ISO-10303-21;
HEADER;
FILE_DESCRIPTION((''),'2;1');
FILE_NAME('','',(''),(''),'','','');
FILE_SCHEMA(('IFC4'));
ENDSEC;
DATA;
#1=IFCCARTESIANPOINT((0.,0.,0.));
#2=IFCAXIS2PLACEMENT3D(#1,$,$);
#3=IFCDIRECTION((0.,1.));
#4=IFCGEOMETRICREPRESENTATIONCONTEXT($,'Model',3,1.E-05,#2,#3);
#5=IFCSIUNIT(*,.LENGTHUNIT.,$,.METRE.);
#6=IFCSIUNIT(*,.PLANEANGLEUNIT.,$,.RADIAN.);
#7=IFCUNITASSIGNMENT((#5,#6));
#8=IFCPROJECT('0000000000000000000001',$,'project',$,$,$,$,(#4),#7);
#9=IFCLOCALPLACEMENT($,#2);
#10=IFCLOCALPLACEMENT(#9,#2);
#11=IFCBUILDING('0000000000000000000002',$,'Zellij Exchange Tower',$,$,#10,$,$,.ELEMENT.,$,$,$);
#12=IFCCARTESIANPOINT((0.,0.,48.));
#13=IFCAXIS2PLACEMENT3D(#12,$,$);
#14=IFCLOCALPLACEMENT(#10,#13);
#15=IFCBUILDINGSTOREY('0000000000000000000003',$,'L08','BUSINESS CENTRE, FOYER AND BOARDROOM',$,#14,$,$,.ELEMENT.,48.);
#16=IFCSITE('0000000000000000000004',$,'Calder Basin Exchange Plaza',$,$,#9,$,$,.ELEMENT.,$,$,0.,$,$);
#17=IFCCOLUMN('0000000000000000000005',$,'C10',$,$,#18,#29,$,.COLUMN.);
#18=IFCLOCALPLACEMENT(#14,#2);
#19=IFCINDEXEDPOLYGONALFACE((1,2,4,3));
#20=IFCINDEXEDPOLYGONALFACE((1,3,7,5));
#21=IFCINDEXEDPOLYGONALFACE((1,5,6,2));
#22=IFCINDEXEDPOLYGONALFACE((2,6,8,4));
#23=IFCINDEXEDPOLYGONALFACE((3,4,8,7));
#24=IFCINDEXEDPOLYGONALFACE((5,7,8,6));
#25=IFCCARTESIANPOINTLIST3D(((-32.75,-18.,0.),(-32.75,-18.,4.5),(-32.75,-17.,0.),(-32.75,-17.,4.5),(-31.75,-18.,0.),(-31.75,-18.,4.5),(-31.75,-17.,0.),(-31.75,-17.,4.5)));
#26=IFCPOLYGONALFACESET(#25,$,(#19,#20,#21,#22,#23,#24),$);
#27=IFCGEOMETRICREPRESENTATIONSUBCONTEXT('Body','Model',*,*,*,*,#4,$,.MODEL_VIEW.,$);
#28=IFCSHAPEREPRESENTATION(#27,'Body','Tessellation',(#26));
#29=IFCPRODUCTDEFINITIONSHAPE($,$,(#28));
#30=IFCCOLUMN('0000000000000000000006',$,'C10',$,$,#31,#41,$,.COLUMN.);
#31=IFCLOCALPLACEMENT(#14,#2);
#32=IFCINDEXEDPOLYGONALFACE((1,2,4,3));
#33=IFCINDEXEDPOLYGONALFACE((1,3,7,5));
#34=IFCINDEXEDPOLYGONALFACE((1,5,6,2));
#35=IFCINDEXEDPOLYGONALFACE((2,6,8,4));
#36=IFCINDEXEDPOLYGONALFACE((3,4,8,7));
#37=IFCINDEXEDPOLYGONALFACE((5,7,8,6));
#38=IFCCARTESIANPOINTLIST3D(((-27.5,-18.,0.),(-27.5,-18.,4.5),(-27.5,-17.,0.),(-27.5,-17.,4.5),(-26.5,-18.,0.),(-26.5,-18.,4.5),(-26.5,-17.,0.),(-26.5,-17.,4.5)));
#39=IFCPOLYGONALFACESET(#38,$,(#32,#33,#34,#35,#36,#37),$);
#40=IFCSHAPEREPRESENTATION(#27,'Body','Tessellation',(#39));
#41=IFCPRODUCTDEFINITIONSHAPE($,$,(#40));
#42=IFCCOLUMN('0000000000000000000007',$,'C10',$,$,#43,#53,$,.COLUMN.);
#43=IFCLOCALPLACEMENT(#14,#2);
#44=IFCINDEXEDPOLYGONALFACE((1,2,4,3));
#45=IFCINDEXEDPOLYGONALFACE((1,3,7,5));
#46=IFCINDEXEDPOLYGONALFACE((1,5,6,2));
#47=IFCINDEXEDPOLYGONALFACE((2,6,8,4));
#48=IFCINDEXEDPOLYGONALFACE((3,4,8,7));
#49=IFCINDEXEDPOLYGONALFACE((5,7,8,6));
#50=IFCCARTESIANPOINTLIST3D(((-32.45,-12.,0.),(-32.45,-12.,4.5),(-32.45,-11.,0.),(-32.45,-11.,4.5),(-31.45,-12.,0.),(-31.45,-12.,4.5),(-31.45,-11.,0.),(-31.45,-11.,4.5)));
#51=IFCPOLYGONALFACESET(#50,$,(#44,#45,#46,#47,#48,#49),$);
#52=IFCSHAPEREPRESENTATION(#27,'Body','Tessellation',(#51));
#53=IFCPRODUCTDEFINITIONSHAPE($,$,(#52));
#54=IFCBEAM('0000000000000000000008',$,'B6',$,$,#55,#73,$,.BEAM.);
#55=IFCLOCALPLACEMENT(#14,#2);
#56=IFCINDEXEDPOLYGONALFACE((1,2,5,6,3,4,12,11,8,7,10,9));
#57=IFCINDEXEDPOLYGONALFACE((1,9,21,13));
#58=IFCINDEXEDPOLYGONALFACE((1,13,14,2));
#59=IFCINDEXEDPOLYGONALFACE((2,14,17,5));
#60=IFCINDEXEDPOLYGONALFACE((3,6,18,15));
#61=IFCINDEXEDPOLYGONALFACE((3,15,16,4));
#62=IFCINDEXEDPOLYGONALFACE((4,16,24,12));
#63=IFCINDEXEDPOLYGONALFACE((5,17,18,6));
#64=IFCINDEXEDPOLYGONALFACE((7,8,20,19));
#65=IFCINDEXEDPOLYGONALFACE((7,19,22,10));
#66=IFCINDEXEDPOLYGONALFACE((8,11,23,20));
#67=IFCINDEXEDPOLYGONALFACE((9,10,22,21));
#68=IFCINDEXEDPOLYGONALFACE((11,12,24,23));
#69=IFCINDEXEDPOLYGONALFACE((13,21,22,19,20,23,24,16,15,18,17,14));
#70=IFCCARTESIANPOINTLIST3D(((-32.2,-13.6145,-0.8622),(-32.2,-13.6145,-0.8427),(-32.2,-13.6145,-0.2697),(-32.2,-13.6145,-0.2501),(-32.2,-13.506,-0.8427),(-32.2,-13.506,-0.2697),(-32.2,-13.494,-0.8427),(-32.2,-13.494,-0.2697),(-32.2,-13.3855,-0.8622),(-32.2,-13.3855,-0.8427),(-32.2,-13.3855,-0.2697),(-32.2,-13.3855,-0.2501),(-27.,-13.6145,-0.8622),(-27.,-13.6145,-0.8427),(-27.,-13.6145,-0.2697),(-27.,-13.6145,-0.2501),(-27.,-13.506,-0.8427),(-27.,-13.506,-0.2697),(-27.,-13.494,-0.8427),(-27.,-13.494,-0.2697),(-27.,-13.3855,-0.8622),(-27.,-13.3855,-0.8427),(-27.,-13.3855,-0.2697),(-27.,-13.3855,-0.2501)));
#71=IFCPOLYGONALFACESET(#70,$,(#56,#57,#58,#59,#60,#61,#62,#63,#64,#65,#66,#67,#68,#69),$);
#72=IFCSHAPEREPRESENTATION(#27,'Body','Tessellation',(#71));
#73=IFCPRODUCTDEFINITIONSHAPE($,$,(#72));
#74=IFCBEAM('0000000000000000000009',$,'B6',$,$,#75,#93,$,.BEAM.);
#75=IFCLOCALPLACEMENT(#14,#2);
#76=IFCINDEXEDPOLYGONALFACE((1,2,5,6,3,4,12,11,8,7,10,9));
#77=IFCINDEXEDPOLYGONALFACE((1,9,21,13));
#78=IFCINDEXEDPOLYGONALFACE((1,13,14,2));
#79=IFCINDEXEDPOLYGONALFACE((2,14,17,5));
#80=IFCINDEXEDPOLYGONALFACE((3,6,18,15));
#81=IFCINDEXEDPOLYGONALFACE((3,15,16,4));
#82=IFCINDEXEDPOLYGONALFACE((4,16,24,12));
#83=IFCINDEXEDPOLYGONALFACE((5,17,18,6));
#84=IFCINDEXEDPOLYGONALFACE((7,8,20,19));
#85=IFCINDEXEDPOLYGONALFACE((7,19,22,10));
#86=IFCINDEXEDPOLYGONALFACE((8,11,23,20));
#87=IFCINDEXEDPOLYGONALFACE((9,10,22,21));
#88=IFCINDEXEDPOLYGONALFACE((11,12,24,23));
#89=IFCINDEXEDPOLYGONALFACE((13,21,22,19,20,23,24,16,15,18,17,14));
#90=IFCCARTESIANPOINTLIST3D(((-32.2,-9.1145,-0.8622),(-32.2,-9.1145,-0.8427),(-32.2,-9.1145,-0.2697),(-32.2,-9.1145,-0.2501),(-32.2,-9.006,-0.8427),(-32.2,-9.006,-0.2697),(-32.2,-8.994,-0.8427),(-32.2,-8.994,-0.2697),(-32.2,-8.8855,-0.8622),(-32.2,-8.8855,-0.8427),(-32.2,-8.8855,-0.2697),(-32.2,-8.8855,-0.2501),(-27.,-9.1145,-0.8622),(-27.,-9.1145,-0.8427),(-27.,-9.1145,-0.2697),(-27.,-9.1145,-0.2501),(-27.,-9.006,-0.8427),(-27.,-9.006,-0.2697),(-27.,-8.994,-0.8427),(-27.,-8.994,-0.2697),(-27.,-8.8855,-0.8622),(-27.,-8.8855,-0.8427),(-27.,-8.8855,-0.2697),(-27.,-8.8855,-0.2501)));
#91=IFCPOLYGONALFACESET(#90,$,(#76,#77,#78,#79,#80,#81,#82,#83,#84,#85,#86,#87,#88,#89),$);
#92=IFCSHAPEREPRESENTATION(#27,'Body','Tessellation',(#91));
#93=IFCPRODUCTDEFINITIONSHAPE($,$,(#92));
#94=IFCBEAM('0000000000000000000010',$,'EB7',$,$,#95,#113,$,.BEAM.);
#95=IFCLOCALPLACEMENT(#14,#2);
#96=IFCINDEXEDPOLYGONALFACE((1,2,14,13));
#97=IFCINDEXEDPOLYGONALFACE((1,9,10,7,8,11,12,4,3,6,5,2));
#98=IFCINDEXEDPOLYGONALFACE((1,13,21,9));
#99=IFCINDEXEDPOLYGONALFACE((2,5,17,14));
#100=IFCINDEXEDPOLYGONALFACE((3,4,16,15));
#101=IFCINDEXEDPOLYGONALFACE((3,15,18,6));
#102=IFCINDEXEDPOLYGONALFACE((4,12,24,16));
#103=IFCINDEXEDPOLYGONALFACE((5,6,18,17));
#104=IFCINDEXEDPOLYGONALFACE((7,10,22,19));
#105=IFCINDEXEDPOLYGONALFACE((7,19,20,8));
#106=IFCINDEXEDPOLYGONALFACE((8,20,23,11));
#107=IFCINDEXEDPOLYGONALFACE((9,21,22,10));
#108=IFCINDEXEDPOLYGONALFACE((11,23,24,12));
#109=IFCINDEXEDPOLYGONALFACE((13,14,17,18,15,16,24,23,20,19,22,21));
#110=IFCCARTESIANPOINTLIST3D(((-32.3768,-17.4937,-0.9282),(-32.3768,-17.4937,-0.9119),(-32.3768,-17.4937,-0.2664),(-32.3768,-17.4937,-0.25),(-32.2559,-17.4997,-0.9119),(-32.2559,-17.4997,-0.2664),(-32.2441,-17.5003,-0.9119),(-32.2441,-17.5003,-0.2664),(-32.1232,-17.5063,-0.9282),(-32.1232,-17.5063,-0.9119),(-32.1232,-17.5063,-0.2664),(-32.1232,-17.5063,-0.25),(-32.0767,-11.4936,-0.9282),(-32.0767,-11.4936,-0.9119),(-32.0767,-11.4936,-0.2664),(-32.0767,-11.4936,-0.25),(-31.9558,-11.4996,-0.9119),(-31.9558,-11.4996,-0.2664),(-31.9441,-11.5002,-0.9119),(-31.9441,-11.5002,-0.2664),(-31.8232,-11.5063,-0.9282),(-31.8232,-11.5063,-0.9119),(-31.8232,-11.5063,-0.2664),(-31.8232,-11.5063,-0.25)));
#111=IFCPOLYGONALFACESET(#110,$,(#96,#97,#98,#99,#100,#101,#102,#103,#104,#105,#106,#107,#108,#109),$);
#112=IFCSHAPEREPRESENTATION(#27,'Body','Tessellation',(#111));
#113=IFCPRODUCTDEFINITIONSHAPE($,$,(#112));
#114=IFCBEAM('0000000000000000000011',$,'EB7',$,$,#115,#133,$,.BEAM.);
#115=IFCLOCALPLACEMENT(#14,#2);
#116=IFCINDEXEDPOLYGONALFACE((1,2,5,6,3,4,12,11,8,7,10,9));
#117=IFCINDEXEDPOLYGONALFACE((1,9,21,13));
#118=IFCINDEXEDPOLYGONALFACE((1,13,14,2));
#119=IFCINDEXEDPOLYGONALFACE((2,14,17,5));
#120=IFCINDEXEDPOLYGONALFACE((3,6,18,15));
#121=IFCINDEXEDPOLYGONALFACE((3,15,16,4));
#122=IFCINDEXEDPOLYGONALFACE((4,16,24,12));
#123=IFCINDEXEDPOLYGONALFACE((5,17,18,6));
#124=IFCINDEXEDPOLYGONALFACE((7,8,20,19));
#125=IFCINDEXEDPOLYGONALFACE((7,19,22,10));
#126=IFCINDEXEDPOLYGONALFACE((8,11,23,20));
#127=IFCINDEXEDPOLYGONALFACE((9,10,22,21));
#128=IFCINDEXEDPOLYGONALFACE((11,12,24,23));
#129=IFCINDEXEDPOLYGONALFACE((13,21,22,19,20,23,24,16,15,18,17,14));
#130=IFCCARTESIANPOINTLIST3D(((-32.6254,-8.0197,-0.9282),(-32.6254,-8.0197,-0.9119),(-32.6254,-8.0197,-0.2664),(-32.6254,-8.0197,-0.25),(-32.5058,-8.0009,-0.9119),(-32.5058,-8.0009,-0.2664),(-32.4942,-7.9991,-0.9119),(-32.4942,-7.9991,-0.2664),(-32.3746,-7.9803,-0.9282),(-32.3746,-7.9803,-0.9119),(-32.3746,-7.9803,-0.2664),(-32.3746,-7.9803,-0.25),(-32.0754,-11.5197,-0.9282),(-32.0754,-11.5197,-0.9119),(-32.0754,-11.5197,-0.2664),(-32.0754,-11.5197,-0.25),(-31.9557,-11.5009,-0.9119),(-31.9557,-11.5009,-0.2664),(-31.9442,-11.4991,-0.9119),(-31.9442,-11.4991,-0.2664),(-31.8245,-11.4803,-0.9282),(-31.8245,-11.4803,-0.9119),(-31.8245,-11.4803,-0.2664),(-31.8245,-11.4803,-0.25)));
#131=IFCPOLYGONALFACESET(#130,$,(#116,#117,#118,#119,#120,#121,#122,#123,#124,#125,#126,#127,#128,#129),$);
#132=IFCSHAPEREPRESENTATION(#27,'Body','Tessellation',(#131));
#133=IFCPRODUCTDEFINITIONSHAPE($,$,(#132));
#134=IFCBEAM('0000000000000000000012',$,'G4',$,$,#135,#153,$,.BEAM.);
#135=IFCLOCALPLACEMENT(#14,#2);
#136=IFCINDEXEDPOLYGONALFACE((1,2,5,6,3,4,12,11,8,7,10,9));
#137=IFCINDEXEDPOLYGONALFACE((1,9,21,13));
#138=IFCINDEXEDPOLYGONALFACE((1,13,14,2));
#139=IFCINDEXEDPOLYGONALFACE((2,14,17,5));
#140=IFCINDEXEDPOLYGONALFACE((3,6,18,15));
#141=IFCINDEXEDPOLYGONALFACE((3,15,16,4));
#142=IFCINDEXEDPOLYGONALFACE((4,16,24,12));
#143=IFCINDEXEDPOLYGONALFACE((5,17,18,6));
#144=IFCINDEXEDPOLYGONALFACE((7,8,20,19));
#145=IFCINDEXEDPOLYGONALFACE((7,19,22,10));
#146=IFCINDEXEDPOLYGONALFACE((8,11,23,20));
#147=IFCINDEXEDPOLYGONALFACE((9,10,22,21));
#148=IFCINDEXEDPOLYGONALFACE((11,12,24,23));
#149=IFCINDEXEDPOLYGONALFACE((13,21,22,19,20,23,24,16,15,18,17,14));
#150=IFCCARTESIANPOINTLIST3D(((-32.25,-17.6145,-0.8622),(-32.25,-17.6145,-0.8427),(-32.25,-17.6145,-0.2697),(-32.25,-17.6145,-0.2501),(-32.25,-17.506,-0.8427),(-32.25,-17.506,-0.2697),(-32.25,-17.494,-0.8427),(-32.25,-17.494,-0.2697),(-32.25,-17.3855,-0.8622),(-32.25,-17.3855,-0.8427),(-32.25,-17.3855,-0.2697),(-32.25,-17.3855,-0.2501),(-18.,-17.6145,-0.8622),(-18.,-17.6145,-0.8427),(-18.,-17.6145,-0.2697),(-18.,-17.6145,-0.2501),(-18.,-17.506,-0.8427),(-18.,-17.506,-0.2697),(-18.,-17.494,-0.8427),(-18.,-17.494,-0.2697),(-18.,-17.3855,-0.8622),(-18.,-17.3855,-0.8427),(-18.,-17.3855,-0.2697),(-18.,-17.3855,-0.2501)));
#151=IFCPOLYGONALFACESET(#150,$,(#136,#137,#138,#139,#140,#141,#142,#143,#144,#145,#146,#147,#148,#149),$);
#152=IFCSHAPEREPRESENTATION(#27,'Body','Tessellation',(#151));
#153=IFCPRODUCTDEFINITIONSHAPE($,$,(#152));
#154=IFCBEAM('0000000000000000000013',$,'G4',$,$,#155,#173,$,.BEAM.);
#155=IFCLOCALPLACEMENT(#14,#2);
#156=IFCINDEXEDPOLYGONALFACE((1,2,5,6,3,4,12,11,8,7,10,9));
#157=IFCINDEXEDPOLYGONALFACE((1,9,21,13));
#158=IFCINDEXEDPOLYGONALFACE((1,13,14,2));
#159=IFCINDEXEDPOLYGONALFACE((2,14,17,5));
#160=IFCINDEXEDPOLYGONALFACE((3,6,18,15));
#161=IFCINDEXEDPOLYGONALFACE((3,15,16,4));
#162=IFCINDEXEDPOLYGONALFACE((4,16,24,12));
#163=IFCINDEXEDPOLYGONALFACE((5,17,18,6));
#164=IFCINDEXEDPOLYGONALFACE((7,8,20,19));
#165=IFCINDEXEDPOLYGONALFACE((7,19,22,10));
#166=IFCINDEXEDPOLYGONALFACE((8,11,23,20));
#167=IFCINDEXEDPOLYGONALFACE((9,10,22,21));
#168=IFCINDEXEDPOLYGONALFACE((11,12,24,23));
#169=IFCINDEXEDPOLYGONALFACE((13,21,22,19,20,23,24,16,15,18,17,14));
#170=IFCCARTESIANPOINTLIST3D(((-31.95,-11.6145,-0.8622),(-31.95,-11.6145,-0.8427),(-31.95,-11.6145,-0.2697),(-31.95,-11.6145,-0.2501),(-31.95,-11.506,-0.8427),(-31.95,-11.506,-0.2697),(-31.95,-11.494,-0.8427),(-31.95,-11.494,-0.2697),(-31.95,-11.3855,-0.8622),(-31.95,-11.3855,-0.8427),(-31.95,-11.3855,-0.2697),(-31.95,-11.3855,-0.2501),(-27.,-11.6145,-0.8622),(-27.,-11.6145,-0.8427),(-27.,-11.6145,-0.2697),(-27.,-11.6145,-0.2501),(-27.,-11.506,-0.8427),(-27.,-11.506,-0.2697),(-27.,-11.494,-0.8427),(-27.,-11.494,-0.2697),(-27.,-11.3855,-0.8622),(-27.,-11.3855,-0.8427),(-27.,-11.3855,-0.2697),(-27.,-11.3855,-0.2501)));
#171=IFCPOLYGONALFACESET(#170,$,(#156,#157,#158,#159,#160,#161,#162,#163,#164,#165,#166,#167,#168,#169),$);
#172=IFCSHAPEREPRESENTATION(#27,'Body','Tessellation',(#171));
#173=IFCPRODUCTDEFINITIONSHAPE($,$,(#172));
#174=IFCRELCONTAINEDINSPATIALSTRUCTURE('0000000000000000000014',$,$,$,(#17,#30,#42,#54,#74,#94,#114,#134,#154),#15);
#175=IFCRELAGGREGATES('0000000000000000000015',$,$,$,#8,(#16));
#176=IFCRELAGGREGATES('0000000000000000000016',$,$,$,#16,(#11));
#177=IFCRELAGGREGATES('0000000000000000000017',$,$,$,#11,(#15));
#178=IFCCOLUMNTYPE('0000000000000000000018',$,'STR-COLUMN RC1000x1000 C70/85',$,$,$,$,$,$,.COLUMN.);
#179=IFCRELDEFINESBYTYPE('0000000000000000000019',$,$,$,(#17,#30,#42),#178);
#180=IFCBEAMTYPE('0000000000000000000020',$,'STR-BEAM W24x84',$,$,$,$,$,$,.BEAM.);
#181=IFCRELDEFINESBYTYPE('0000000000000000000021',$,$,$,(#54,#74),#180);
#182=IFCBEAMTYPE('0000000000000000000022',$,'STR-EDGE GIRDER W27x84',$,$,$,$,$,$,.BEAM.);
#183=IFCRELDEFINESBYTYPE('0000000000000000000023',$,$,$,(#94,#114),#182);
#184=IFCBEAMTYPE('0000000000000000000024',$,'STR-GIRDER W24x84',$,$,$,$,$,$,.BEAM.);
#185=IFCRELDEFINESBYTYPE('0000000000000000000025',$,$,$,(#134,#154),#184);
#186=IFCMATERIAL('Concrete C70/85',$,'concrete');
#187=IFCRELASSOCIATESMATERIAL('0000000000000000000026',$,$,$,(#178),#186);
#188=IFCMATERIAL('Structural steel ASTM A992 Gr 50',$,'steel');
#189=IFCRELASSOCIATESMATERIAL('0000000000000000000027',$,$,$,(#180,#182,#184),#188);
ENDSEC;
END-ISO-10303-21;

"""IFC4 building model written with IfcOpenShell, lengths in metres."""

from ifc_helpers import new_model, si_unit, direction, frame, origin, origin_2d, place, context, subcontext, project, spatial, rectangle, i_section, extrude, material, material_profile, profile_set, type_object, element, save


model = new_model("IFC4")

# Units and contexts
model_context = context("Model", 3, precision=1e-05, world=origin(), true_north=direction((0.0, 1.0)))
body_context = subcontext(model_context, "Body", "Model", "MODEL_VIEW")
ifc_project = project(units=[si_unit("LENGTHUNIT", "METRE"), si_unit("PLANEANGLEUNIT", "RADIAN")], contexts=[model_context])

# Site, building, storey
site_placement = place(None, origin())
site = spatial("IfcSite", under=ifc_project, at=site_placement, Name="Calder Basin Exchange Plaza", CompositionType="ELEMENT", RefElevation=0.0)
building_placement = place(site_placement, origin())
building = spatial("IfcBuilding", under=site, at=building_placement, Name="Zellij Exchange Tower", CompositionType="ELEMENT")
storey_placement = place(building_placement, frame((0.0, 0.0, 48.0)))
storey = spatial("IfcBuildingStorey", under=building, at=storey_placement, Name="L08", Description="BUSINESS CENTRE, FOYER AND BOARDROOM", CompositionType="ELEMENT", Elevation=48.0)

# Columns
ifc_material_1 = material(Name="Concrete C70/85", Category="concrete")
ifc_material_profile_1 = material_profile(ifc_material_1, rectangle(XDim=1.0, YDim=1.0, at=origin_2d()), Name="STR-COLUMN RC1000x1000 C70/85")
ifc_profile_set_1 = profile_set([ifc_material_profile_1], Name="Concrete C70/85")
column_type = type_object("IfcColumnType", Name="STR-COLUMN RC1000x1000 C70/85", PredefinedType="COLUMN", material=ifc_profile_set_1)
for number, where, z_axis, x_axis, name in (
    (1, (-32.25, -17.5, 0.0), (0.0, 0.0, 1.0), (1.0, 0.0, 0.0), "C10"),
    (2, (-27.0, -17.5, 0.0), (0.0, 0.0, 1.0), (1.0, 0.0, 0.0), "C10"),
    (3, (-31.95, -11.5, 0.0), (0.0, 0.0, 1.0), (1.0, 0.0, 0.0), "C10"),
):
    element("IfcColumn", number, at=place(storey_placement, frame(where, z_axis=z_axis, x_axis=x_axis)), inside=storey, type_object=column_type, Name=name, PredefinedType="COLUMN", context=body_context, shape_type="SweptSolid", body=[
        extrude(rectangle(XDim=1.0, YDim=1.0, at=origin_2d()), origin(), (0.0, 0.0, 1.0), 4.5),
    ])

# Beams
ifc_material_2 = material(Name="Structural steel ASTM A992 Gr 50", Category="steel")
ifc_material_profile_2 = material_profile(ifc_material_2, i_section(OverallWidth=0.229, OverallDepth=0.6121, WebThickness=0.012, FlangeThickness=0.0195, at=origin_2d()), Name="W24x84")
ifc_profile_set_2 = profile_set([ifc_material_profile_2], Name="Structural steel ASTM A992 Gr 50")
beam_type_1 = type_object("IfcBeamType", Name="STR-BEAM W24x84", PredefinedType="BEAM", material=ifc_profile_set_2)
for number, where, z_axis, x_axis, name in (
    (4, (-32.2, -13.5, -0.5562), (1.0, 0.0, 0.0), (0.0, 1.0, 0.0), "B6"),
    (5, (-32.2, -9.0, -0.5562), (1.0, 0.0, 0.0), (0.0, 1.0, 0.0), "B6"),
):
    element("IfcBeam", number, at=place(storey_placement, frame(where, z_axis=z_axis, x_axis=x_axis)), inside=storey, type_object=beam_type_1, Name=name, PredefinedType="BEAM", context=body_context, shape_type="SweptSolid", body=[
        extrude(i_section(OverallWidth=0.229, OverallDepth=0.6121, WebThickness=0.012, FlangeThickness=0.0195, at=origin_2d()), origin(), (0.0, 0.0, 1.0), 5.2),
    ])
ifc_material_profile_3 = material_profile(ifc_material_2, i_section(OverallWidth=0.2539, OverallDepth=0.6782, WebThickness=0.0117, FlangeThickness=0.0164, at=origin_2d()), Name="W27x84")
ifc_profile_set_3 = profile_set([ifc_material_profile_3], Name="Structural steel ASTM A992 Gr 50")
beam_type_2 = type_object("IfcBeamType", Name="STR-EDGE GIRDER W27x84", PredefinedType="BEAM", material=ifc_profile_set_3)
beam_1_placement = place(storey_placement, frame((-32.25, -17.5, -0.5891), z_axis=(0.049946, 0.998752, 0.0), x_axis=(-0.998752, 0.049946, 0.0)))
element("IfcBeam", 6, at=beam_1_placement, inside=storey, type_object=beam_type_2, Name="EB7", PredefinedType="BEAM", context=body_context, shape_type="SweptSolid", body=[
    extrude(i_section(OverallWidth=0.2539, OverallDepth=0.6782, WebThickness=0.0117, FlangeThickness=0.0164, at=origin_2d()), origin(), (0.0, 0.0, 1.0), 6.0076),
])
beam_2_placement = place(storey_placement, frame((-31.95, -11.5, -0.5891), z_axis=(-0.155251, 0.987875, 0.0), x_axis=(-0.987875, -0.155251, 0.0)))
element("IfcBeam", 7, at=beam_2_placement, inside=storey, type_object=beam_type_2, Name="EB7", PredefinedType="BEAM", context=body_context, shape_type="SweptSolid", body=[
    extrude(i_section(OverallWidth=0.2539, OverallDepth=0.6782, WebThickness=0.0117, FlangeThickness=0.0164, at=origin_2d()), origin(), (0.0, 0.0, 1.0), 3.543),
])
ifc_material_profile_4 = material_profile(ifc_material_2, i_section(OverallWidth=0.229, OverallDepth=0.6121, WebThickness=0.012, FlangeThickness=0.0195, at=origin_2d()), Name="W24x84")
ifc_profile_set_4 = profile_set([ifc_material_profile_4], Name="Structural steel ASTM A992 Gr 50")
beam_type_3 = type_object("IfcBeamType", Name="STR-GIRDER W24x84", PredefinedType="BEAM", material=ifc_profile_set_4)
beam_3_placement = place(storey_placement, frame((-32.25, -17.5, -0.5562), z_axis=(1.0, 0.0, 0.0), x_axis=(0.0, 1.0, 0.0)))
element("IfcBeam", 8, at=beam_3_placement, inside=storey, type_object=beam_type_3, Name="G4", PredefinedType="BEAM", context=body_context, shape_type="SweptSolid", body=[
    extrude(i_section(OverallWidth=0.229, OverallDepth=0.6121, WebThickness=0.012, FlangeThickness=0.0195, at=origin_2d()), origin(), (0.0, 0.0, 1.0), 14.25),
])
beam_4_placement = place(storey_placement, frame((-31.95, -11.5, -0.5562), z_axis=(1.0, 0.0, 0.0), x_axis=(0.0, 1.0, 0.0)))
element("IfcBeam", 9, at=beam_4_placement, inside=storey, type_object=beam_type_3, Name="G4", PredefinedType="BEAM", context=body_context, shape_type="SweptSolid", body=[
    extrude(i_section(OverallWidth=0.229, OverallDepth=0.6121, WebThickness=0.012, FlangeThickness=0.0195, at=origin_2d()), origin(), (0.0, 0.0, 1.0), 4.95),
])

save(model, "model.ifc")
